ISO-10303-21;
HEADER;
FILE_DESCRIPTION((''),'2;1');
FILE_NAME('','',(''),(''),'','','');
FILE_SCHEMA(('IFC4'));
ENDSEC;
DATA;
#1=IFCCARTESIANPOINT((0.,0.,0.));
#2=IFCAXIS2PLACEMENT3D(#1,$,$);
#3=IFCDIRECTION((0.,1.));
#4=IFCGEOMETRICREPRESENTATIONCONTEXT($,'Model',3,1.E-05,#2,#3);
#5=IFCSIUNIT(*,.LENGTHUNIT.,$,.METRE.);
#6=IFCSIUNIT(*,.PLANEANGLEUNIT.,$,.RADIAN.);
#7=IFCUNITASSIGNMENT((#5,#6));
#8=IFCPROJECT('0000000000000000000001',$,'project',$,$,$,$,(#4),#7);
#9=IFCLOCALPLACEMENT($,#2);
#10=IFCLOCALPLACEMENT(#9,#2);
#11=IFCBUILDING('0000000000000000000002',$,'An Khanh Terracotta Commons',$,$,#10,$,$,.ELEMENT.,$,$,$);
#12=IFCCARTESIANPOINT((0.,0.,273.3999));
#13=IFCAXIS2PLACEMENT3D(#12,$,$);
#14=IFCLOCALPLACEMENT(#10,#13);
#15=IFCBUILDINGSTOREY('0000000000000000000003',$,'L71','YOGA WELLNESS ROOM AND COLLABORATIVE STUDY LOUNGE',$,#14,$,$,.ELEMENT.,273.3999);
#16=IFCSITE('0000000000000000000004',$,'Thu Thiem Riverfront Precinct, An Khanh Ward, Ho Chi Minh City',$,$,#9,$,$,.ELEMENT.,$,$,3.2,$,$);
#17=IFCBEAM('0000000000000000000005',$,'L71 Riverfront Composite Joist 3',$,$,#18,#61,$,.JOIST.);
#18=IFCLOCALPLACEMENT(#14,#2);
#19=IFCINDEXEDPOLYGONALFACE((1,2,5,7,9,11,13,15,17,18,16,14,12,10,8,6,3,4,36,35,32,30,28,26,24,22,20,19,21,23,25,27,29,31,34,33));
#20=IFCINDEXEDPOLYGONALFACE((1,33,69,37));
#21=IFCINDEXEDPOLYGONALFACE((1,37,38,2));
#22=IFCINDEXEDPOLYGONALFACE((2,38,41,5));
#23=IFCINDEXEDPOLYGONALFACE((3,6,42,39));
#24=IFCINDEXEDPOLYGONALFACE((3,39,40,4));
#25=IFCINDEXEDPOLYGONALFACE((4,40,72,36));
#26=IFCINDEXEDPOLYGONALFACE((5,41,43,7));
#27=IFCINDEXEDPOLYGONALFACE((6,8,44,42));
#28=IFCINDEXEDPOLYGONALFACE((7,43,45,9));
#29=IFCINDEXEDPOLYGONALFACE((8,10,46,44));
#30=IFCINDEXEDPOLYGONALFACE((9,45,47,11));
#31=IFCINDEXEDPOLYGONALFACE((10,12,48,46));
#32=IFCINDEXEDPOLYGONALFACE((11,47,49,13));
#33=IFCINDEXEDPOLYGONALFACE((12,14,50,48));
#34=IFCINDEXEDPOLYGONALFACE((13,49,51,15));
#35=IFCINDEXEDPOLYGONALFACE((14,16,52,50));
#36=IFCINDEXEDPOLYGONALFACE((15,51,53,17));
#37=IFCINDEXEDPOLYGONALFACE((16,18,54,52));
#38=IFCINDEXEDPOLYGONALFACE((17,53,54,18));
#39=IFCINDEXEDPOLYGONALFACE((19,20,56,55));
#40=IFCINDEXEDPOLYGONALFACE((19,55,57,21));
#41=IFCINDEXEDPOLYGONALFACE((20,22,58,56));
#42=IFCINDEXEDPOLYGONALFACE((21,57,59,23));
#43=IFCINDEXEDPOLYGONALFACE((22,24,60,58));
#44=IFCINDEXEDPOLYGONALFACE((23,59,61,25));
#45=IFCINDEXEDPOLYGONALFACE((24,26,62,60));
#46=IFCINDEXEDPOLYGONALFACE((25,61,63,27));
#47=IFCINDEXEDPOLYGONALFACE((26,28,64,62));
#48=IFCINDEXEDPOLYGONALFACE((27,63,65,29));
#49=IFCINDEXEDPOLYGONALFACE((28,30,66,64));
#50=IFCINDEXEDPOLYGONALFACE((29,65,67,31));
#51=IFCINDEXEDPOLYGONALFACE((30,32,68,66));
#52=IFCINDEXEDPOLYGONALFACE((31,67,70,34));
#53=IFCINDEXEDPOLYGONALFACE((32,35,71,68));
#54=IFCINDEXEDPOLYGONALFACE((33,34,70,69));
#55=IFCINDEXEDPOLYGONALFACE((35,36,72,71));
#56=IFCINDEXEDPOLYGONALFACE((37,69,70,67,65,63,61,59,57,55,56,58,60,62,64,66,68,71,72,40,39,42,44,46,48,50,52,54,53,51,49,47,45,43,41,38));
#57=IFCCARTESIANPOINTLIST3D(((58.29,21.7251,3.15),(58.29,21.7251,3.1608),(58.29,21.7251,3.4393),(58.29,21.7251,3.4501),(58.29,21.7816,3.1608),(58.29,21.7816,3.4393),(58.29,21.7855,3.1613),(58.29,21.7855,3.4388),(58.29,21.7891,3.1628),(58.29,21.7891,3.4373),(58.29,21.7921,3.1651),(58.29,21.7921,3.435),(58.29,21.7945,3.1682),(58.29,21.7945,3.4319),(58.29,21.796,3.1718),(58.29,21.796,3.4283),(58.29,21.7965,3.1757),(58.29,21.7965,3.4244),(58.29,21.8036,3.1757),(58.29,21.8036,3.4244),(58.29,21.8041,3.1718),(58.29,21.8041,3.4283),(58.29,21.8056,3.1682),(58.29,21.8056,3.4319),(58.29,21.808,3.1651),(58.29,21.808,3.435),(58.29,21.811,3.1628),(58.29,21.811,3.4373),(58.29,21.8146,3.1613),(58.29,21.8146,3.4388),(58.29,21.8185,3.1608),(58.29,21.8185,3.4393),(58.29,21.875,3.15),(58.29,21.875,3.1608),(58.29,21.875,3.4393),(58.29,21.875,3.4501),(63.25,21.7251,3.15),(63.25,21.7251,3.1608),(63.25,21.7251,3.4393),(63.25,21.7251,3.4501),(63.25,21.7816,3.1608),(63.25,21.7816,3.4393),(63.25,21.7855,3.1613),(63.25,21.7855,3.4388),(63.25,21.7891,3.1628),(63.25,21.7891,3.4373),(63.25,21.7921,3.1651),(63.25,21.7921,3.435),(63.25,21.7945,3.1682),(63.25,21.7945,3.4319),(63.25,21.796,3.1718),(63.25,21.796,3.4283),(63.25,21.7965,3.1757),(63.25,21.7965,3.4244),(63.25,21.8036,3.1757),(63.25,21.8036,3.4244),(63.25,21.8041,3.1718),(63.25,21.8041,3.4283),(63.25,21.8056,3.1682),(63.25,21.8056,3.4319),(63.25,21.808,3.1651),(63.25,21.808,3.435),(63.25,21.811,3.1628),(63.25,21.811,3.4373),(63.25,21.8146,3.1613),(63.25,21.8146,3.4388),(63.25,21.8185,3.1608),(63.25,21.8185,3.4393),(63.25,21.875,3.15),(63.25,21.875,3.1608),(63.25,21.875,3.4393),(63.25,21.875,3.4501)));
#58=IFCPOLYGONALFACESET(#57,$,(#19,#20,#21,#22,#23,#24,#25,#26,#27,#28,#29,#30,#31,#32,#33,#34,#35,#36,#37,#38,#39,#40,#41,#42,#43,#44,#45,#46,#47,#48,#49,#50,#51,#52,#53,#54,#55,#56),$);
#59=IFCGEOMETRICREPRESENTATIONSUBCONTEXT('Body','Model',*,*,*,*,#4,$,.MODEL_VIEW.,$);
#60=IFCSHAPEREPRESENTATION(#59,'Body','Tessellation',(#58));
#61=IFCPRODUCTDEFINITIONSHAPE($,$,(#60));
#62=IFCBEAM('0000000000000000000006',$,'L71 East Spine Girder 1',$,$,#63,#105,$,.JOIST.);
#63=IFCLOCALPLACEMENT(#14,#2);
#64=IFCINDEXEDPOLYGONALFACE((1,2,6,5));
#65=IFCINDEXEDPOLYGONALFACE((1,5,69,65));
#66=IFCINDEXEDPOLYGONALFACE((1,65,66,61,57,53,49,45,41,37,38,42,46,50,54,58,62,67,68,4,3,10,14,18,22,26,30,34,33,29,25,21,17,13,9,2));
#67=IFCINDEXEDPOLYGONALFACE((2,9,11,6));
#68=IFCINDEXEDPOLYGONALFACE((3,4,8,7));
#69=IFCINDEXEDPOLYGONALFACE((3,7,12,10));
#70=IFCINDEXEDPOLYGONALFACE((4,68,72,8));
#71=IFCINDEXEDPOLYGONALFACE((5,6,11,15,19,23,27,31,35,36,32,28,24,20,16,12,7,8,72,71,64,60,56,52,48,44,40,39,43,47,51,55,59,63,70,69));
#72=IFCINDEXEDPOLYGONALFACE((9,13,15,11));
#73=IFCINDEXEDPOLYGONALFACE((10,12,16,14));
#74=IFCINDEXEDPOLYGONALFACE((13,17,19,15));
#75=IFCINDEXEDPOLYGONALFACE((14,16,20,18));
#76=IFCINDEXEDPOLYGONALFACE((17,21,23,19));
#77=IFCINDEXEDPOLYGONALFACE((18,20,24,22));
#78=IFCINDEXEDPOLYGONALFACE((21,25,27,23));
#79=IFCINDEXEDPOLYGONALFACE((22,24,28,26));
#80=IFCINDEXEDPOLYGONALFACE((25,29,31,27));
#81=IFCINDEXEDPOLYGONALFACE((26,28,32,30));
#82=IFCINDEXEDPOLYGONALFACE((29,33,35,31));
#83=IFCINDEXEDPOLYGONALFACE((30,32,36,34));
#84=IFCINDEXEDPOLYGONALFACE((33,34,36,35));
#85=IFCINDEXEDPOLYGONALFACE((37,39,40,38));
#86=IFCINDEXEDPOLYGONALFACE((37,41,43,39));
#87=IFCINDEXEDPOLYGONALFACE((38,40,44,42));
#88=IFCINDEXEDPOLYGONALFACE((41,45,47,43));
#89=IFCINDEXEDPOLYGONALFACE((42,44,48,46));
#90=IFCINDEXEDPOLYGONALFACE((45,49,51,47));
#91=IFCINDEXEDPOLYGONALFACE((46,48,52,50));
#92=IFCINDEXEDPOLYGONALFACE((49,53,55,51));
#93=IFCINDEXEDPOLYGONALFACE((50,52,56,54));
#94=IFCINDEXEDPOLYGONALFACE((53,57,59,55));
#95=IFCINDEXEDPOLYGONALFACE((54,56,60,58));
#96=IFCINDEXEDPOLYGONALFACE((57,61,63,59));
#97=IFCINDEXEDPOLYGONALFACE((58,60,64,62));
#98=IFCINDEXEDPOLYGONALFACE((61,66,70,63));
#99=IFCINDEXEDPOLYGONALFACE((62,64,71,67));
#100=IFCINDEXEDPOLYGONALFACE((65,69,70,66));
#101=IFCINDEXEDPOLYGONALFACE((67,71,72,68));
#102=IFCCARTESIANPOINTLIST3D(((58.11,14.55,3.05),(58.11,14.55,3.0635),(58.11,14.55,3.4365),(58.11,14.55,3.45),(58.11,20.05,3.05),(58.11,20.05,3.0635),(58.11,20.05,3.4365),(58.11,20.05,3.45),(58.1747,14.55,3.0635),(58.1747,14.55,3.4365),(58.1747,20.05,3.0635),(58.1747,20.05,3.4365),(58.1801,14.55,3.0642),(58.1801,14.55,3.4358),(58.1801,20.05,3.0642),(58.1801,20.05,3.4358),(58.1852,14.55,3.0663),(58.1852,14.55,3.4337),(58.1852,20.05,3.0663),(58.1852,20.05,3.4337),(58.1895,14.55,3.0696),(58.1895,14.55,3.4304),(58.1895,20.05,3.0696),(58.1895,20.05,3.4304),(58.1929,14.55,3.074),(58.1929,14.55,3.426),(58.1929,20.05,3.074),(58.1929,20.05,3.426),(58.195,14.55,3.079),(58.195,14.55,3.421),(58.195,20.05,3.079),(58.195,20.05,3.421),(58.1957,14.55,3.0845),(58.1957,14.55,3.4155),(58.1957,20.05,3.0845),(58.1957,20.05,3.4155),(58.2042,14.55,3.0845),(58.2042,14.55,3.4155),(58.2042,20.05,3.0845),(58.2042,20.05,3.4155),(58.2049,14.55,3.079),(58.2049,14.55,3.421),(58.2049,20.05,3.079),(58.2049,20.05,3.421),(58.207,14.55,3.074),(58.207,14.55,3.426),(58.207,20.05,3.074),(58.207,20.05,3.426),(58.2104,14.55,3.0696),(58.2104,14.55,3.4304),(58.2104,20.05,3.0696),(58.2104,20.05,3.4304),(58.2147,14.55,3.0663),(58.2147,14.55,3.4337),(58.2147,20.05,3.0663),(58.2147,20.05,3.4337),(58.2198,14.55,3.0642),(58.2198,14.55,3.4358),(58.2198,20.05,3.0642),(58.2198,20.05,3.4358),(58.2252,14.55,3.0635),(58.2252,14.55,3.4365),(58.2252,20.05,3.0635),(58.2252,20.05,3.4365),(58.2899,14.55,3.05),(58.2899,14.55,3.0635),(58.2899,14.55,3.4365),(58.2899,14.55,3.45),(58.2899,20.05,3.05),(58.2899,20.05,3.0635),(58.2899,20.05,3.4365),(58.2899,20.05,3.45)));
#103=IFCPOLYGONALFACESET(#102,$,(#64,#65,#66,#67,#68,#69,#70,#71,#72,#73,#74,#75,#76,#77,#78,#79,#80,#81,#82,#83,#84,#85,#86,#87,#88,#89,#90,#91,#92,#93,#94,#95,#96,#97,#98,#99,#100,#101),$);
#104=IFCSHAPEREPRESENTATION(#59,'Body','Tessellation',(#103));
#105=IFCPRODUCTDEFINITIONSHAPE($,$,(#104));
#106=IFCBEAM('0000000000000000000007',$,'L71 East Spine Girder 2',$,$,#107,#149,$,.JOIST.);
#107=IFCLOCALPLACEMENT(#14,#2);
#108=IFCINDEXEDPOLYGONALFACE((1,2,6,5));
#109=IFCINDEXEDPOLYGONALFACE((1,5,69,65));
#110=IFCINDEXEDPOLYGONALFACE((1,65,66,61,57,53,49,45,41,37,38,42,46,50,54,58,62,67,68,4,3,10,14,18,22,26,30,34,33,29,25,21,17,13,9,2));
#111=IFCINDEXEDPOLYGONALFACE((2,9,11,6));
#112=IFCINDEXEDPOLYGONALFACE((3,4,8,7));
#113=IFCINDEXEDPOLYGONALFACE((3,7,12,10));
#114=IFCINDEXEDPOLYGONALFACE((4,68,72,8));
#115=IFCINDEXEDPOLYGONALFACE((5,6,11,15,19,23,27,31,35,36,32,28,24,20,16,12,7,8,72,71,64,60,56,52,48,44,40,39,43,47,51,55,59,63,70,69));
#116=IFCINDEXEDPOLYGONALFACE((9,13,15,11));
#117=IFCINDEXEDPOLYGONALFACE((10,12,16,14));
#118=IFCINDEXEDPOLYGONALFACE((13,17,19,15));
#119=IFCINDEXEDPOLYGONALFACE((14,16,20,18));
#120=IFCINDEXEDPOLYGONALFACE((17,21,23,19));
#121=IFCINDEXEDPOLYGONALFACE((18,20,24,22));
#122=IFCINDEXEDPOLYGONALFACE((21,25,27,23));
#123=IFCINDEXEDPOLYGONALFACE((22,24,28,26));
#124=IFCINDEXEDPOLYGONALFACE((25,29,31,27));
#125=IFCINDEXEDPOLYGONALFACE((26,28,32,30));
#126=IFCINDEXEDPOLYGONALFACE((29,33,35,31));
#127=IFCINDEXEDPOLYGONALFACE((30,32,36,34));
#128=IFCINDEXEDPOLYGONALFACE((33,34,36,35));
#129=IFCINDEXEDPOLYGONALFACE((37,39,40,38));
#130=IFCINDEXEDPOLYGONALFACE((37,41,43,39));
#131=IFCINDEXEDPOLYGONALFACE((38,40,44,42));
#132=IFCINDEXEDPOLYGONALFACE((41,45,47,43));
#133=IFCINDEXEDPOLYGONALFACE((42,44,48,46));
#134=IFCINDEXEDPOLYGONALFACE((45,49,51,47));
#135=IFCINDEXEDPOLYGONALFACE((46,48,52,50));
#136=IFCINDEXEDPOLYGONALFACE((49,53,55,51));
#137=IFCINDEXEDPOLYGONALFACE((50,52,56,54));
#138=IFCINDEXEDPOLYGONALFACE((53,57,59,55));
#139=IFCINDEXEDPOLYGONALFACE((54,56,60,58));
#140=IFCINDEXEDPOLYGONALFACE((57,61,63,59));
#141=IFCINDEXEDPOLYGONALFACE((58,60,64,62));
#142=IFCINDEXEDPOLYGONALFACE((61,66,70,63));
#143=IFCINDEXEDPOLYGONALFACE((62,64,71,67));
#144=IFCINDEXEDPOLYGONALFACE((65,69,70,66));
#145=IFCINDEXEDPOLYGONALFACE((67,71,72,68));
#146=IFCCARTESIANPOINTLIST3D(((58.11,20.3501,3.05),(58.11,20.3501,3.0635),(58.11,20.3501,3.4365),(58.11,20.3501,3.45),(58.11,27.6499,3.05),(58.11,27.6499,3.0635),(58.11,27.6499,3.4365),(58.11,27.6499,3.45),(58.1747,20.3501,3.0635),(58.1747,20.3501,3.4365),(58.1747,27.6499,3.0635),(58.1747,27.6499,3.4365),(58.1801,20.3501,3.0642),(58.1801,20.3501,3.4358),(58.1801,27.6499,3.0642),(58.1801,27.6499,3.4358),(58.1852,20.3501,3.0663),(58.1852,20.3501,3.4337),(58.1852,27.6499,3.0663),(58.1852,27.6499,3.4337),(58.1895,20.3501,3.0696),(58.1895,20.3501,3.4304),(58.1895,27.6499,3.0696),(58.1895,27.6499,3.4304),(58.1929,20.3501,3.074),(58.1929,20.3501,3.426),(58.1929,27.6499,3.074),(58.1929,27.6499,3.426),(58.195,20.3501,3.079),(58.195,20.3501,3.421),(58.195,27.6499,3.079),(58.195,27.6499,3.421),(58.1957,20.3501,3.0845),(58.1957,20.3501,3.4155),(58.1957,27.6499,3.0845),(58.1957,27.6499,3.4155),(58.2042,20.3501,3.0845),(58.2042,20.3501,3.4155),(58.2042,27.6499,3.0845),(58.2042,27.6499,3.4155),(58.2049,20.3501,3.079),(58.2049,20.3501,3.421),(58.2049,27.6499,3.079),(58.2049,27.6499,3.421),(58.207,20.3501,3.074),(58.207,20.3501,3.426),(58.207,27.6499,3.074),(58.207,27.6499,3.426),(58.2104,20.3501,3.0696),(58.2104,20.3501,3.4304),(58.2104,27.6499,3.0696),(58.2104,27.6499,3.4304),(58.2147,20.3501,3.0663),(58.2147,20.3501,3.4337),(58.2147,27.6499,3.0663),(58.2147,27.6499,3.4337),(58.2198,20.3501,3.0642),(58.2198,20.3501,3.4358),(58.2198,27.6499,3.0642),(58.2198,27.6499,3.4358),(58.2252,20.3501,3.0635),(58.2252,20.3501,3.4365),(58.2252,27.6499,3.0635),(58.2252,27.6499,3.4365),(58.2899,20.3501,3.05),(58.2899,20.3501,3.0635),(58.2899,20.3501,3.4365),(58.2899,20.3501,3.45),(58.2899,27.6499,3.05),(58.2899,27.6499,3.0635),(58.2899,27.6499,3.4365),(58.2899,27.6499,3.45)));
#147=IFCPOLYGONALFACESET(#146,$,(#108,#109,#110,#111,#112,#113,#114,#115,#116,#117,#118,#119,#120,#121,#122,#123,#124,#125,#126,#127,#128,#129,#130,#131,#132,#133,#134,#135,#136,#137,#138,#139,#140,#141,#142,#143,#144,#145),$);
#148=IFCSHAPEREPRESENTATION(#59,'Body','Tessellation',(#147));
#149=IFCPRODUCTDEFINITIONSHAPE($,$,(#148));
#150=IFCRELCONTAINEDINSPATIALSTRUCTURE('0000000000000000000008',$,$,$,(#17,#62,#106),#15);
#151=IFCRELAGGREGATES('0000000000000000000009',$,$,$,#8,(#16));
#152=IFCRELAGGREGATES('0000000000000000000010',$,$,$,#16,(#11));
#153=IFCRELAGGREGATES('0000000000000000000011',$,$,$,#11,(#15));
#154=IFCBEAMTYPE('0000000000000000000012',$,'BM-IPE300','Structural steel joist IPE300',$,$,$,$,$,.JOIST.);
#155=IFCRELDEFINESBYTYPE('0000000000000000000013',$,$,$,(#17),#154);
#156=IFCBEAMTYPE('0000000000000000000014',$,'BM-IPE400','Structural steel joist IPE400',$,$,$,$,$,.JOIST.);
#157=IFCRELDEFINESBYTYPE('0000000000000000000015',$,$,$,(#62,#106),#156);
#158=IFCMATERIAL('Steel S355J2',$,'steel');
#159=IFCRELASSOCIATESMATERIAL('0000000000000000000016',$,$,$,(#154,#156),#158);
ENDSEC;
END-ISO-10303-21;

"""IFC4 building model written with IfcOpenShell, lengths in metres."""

from ifc_helpers import new_model, si_unit, direction, frame, origin, origin_2d, place, context, subcontext, project, spatial, i_section, extrude, material, material_profile, profile_set, type_object, element, save


model = new_model("IFC4")

# Units and contexts
model_context = context("Model", 3, precision=1e-05, world=origin(), true_north=direction((0.0, 1.0)))
body_context = subcontext(model_context, "Body", "Model", "MODEL_VIEW")
ifc_project = project(units=[si_unit("LENGTHUNIT", "METRE"), si_unit("PLANEANGLEUNIT", "RADIAN")], contexts=[model_context])

# Site, building, storey
site_placement = place(None, origin())
site = spatial("IfcSite", under=ifc_project, at=site_placement, Name="Thu Thiem Riverfront Precinct, An Khanh Ward, Ho Chi Minh City", CompositionType="ELEMENT", RefElevation=3.2)
building_placement = place(site_placement, origin())
building = spatial("IfcBuilding", under=site, at=building_placement, Name="An Khanh Terracotta Commons", CompositionType="ELEMENT")
storey_placement = place(building_placement, frame((0.0, 0.0, 273.3999)))
storey = spatial("IfcBuildingStorey", under=building, at=storey_placement, Name="L71", Description="YOGA WELLNESS ROOM AND COLLABORATIVE STUDY LOUNGE", CompositionType="ELEMENT", Elevation=273.3999)

# Beams
ifc_material_1 = material(Name="Steel S355J2", Category="steel")
ifc_material_profile_1 = material_profile(ifc_material_1, i_section(OverallWidth=0.1499, OverallDepth=0.3, WebThickness=0.0071, FlangeThickness=0.0107, FilletRadius=0.0149, at=origin_2d()), Name="IPE300")
ifc_profile_set_1 = profile_set([ifc_material_profile_1], Name="Steel S355J2")
beam_type_1 = type_object("IfcBeamType", Name="BM-IPE300", Description="Structural steel joist IPE300", PredefinedType="JOIST", material=ifc_profile_set_1)
for number, where, z_axis, x_axis, name in (
    (1, (58.29, 21.8, 3.3), (1.0, 0.0, 0.0), (0.0, 1.0, 0.0), "L71 Riverfront Composite Joist 3"),
):
    element("IfcBeam", number, at=place(storey_placement, frame(where, z_axis=z_axis, x_axis=x_axis)), inside=storey, type_object=beam_type_1, Name=name, PredefinedType="JOIST", context=body_context, shape_type="SweptSolid", body=[
        extrude(i_section(OverallWidth=0.1499, OverallDepth=0.3, WebThickness=0.0071, FlangeThickness=0.0107, FilletRadius=0.0149, at=origin_2d()), origin(), (0.0, 0.0, 1.0), 4.96),
    ])
ifc_material_profile_2 = material_profile(ifc_material_1, i_section(OverallWidth=0.1799, OverallDepth=0.3999, WebThickness=0.0085, FlangeThickness=0.0134, FilletRadius=0.021, at=origin_2d()), Name="IPE400")
ifc_profile_set_2 = profile_set([ifc_material_profile_2], Name="Steel S355J2")
beam_type_2 = type_object("IfcBeamType", Name="BM-IPE400", Description="Structural steel joist IPE400", PredefinedType="JOIST", material=ifc_profile_set_2)
beam_1_placement = place(storey_placement, frame((58.2, 14.55, 3.25), z_axis=(0.0, 1.0, 0.0), x_axis=(-1.0, 0.0, 0.0)))
element("IfcBeam", 2, at=beam_1_placement, inside=storey, type_object=beam_type_2, Name="L71 East Spine Girder 1", PredefinedType="JOIST", context=body_context, shape_type="SweptSolid", body=[
    extrude(i_section(OverallWidth=0.1799, OverallDepth=0.3999, WebThickness=0.0085, FlangeThickness=0.0134, FilletRadius=0.021, at=origin_2d()), origin(), (0.0, 0.0, 1.0), 5.5),
])
beam_2_placement = place(storey_placement, frame((58.2, 20.3501, 3.25), z_axis=(0.0, 1.0, 0.0), x_axis=(-1.0, 0.0, 0.0)))
element("IfcBeam", 3, at=beam_2_placement, inside=storey, type_object=beam_type_2, Name="L71 East Spine Girder 2", PredefinedType="JOIST", context=body_context, shape_type="SweptSolid", body=[
    extrude(i_section(OverallWidth=0.1799, OverallDepth=0.3999, WebThickness=0.0085, FlangeThickness=0.0134, FilletRadius=0.021, at=origin_2d()), origin(), (0.0, 0.0, 1.0), 7.2998),
])

save(model, "model.ifc")
